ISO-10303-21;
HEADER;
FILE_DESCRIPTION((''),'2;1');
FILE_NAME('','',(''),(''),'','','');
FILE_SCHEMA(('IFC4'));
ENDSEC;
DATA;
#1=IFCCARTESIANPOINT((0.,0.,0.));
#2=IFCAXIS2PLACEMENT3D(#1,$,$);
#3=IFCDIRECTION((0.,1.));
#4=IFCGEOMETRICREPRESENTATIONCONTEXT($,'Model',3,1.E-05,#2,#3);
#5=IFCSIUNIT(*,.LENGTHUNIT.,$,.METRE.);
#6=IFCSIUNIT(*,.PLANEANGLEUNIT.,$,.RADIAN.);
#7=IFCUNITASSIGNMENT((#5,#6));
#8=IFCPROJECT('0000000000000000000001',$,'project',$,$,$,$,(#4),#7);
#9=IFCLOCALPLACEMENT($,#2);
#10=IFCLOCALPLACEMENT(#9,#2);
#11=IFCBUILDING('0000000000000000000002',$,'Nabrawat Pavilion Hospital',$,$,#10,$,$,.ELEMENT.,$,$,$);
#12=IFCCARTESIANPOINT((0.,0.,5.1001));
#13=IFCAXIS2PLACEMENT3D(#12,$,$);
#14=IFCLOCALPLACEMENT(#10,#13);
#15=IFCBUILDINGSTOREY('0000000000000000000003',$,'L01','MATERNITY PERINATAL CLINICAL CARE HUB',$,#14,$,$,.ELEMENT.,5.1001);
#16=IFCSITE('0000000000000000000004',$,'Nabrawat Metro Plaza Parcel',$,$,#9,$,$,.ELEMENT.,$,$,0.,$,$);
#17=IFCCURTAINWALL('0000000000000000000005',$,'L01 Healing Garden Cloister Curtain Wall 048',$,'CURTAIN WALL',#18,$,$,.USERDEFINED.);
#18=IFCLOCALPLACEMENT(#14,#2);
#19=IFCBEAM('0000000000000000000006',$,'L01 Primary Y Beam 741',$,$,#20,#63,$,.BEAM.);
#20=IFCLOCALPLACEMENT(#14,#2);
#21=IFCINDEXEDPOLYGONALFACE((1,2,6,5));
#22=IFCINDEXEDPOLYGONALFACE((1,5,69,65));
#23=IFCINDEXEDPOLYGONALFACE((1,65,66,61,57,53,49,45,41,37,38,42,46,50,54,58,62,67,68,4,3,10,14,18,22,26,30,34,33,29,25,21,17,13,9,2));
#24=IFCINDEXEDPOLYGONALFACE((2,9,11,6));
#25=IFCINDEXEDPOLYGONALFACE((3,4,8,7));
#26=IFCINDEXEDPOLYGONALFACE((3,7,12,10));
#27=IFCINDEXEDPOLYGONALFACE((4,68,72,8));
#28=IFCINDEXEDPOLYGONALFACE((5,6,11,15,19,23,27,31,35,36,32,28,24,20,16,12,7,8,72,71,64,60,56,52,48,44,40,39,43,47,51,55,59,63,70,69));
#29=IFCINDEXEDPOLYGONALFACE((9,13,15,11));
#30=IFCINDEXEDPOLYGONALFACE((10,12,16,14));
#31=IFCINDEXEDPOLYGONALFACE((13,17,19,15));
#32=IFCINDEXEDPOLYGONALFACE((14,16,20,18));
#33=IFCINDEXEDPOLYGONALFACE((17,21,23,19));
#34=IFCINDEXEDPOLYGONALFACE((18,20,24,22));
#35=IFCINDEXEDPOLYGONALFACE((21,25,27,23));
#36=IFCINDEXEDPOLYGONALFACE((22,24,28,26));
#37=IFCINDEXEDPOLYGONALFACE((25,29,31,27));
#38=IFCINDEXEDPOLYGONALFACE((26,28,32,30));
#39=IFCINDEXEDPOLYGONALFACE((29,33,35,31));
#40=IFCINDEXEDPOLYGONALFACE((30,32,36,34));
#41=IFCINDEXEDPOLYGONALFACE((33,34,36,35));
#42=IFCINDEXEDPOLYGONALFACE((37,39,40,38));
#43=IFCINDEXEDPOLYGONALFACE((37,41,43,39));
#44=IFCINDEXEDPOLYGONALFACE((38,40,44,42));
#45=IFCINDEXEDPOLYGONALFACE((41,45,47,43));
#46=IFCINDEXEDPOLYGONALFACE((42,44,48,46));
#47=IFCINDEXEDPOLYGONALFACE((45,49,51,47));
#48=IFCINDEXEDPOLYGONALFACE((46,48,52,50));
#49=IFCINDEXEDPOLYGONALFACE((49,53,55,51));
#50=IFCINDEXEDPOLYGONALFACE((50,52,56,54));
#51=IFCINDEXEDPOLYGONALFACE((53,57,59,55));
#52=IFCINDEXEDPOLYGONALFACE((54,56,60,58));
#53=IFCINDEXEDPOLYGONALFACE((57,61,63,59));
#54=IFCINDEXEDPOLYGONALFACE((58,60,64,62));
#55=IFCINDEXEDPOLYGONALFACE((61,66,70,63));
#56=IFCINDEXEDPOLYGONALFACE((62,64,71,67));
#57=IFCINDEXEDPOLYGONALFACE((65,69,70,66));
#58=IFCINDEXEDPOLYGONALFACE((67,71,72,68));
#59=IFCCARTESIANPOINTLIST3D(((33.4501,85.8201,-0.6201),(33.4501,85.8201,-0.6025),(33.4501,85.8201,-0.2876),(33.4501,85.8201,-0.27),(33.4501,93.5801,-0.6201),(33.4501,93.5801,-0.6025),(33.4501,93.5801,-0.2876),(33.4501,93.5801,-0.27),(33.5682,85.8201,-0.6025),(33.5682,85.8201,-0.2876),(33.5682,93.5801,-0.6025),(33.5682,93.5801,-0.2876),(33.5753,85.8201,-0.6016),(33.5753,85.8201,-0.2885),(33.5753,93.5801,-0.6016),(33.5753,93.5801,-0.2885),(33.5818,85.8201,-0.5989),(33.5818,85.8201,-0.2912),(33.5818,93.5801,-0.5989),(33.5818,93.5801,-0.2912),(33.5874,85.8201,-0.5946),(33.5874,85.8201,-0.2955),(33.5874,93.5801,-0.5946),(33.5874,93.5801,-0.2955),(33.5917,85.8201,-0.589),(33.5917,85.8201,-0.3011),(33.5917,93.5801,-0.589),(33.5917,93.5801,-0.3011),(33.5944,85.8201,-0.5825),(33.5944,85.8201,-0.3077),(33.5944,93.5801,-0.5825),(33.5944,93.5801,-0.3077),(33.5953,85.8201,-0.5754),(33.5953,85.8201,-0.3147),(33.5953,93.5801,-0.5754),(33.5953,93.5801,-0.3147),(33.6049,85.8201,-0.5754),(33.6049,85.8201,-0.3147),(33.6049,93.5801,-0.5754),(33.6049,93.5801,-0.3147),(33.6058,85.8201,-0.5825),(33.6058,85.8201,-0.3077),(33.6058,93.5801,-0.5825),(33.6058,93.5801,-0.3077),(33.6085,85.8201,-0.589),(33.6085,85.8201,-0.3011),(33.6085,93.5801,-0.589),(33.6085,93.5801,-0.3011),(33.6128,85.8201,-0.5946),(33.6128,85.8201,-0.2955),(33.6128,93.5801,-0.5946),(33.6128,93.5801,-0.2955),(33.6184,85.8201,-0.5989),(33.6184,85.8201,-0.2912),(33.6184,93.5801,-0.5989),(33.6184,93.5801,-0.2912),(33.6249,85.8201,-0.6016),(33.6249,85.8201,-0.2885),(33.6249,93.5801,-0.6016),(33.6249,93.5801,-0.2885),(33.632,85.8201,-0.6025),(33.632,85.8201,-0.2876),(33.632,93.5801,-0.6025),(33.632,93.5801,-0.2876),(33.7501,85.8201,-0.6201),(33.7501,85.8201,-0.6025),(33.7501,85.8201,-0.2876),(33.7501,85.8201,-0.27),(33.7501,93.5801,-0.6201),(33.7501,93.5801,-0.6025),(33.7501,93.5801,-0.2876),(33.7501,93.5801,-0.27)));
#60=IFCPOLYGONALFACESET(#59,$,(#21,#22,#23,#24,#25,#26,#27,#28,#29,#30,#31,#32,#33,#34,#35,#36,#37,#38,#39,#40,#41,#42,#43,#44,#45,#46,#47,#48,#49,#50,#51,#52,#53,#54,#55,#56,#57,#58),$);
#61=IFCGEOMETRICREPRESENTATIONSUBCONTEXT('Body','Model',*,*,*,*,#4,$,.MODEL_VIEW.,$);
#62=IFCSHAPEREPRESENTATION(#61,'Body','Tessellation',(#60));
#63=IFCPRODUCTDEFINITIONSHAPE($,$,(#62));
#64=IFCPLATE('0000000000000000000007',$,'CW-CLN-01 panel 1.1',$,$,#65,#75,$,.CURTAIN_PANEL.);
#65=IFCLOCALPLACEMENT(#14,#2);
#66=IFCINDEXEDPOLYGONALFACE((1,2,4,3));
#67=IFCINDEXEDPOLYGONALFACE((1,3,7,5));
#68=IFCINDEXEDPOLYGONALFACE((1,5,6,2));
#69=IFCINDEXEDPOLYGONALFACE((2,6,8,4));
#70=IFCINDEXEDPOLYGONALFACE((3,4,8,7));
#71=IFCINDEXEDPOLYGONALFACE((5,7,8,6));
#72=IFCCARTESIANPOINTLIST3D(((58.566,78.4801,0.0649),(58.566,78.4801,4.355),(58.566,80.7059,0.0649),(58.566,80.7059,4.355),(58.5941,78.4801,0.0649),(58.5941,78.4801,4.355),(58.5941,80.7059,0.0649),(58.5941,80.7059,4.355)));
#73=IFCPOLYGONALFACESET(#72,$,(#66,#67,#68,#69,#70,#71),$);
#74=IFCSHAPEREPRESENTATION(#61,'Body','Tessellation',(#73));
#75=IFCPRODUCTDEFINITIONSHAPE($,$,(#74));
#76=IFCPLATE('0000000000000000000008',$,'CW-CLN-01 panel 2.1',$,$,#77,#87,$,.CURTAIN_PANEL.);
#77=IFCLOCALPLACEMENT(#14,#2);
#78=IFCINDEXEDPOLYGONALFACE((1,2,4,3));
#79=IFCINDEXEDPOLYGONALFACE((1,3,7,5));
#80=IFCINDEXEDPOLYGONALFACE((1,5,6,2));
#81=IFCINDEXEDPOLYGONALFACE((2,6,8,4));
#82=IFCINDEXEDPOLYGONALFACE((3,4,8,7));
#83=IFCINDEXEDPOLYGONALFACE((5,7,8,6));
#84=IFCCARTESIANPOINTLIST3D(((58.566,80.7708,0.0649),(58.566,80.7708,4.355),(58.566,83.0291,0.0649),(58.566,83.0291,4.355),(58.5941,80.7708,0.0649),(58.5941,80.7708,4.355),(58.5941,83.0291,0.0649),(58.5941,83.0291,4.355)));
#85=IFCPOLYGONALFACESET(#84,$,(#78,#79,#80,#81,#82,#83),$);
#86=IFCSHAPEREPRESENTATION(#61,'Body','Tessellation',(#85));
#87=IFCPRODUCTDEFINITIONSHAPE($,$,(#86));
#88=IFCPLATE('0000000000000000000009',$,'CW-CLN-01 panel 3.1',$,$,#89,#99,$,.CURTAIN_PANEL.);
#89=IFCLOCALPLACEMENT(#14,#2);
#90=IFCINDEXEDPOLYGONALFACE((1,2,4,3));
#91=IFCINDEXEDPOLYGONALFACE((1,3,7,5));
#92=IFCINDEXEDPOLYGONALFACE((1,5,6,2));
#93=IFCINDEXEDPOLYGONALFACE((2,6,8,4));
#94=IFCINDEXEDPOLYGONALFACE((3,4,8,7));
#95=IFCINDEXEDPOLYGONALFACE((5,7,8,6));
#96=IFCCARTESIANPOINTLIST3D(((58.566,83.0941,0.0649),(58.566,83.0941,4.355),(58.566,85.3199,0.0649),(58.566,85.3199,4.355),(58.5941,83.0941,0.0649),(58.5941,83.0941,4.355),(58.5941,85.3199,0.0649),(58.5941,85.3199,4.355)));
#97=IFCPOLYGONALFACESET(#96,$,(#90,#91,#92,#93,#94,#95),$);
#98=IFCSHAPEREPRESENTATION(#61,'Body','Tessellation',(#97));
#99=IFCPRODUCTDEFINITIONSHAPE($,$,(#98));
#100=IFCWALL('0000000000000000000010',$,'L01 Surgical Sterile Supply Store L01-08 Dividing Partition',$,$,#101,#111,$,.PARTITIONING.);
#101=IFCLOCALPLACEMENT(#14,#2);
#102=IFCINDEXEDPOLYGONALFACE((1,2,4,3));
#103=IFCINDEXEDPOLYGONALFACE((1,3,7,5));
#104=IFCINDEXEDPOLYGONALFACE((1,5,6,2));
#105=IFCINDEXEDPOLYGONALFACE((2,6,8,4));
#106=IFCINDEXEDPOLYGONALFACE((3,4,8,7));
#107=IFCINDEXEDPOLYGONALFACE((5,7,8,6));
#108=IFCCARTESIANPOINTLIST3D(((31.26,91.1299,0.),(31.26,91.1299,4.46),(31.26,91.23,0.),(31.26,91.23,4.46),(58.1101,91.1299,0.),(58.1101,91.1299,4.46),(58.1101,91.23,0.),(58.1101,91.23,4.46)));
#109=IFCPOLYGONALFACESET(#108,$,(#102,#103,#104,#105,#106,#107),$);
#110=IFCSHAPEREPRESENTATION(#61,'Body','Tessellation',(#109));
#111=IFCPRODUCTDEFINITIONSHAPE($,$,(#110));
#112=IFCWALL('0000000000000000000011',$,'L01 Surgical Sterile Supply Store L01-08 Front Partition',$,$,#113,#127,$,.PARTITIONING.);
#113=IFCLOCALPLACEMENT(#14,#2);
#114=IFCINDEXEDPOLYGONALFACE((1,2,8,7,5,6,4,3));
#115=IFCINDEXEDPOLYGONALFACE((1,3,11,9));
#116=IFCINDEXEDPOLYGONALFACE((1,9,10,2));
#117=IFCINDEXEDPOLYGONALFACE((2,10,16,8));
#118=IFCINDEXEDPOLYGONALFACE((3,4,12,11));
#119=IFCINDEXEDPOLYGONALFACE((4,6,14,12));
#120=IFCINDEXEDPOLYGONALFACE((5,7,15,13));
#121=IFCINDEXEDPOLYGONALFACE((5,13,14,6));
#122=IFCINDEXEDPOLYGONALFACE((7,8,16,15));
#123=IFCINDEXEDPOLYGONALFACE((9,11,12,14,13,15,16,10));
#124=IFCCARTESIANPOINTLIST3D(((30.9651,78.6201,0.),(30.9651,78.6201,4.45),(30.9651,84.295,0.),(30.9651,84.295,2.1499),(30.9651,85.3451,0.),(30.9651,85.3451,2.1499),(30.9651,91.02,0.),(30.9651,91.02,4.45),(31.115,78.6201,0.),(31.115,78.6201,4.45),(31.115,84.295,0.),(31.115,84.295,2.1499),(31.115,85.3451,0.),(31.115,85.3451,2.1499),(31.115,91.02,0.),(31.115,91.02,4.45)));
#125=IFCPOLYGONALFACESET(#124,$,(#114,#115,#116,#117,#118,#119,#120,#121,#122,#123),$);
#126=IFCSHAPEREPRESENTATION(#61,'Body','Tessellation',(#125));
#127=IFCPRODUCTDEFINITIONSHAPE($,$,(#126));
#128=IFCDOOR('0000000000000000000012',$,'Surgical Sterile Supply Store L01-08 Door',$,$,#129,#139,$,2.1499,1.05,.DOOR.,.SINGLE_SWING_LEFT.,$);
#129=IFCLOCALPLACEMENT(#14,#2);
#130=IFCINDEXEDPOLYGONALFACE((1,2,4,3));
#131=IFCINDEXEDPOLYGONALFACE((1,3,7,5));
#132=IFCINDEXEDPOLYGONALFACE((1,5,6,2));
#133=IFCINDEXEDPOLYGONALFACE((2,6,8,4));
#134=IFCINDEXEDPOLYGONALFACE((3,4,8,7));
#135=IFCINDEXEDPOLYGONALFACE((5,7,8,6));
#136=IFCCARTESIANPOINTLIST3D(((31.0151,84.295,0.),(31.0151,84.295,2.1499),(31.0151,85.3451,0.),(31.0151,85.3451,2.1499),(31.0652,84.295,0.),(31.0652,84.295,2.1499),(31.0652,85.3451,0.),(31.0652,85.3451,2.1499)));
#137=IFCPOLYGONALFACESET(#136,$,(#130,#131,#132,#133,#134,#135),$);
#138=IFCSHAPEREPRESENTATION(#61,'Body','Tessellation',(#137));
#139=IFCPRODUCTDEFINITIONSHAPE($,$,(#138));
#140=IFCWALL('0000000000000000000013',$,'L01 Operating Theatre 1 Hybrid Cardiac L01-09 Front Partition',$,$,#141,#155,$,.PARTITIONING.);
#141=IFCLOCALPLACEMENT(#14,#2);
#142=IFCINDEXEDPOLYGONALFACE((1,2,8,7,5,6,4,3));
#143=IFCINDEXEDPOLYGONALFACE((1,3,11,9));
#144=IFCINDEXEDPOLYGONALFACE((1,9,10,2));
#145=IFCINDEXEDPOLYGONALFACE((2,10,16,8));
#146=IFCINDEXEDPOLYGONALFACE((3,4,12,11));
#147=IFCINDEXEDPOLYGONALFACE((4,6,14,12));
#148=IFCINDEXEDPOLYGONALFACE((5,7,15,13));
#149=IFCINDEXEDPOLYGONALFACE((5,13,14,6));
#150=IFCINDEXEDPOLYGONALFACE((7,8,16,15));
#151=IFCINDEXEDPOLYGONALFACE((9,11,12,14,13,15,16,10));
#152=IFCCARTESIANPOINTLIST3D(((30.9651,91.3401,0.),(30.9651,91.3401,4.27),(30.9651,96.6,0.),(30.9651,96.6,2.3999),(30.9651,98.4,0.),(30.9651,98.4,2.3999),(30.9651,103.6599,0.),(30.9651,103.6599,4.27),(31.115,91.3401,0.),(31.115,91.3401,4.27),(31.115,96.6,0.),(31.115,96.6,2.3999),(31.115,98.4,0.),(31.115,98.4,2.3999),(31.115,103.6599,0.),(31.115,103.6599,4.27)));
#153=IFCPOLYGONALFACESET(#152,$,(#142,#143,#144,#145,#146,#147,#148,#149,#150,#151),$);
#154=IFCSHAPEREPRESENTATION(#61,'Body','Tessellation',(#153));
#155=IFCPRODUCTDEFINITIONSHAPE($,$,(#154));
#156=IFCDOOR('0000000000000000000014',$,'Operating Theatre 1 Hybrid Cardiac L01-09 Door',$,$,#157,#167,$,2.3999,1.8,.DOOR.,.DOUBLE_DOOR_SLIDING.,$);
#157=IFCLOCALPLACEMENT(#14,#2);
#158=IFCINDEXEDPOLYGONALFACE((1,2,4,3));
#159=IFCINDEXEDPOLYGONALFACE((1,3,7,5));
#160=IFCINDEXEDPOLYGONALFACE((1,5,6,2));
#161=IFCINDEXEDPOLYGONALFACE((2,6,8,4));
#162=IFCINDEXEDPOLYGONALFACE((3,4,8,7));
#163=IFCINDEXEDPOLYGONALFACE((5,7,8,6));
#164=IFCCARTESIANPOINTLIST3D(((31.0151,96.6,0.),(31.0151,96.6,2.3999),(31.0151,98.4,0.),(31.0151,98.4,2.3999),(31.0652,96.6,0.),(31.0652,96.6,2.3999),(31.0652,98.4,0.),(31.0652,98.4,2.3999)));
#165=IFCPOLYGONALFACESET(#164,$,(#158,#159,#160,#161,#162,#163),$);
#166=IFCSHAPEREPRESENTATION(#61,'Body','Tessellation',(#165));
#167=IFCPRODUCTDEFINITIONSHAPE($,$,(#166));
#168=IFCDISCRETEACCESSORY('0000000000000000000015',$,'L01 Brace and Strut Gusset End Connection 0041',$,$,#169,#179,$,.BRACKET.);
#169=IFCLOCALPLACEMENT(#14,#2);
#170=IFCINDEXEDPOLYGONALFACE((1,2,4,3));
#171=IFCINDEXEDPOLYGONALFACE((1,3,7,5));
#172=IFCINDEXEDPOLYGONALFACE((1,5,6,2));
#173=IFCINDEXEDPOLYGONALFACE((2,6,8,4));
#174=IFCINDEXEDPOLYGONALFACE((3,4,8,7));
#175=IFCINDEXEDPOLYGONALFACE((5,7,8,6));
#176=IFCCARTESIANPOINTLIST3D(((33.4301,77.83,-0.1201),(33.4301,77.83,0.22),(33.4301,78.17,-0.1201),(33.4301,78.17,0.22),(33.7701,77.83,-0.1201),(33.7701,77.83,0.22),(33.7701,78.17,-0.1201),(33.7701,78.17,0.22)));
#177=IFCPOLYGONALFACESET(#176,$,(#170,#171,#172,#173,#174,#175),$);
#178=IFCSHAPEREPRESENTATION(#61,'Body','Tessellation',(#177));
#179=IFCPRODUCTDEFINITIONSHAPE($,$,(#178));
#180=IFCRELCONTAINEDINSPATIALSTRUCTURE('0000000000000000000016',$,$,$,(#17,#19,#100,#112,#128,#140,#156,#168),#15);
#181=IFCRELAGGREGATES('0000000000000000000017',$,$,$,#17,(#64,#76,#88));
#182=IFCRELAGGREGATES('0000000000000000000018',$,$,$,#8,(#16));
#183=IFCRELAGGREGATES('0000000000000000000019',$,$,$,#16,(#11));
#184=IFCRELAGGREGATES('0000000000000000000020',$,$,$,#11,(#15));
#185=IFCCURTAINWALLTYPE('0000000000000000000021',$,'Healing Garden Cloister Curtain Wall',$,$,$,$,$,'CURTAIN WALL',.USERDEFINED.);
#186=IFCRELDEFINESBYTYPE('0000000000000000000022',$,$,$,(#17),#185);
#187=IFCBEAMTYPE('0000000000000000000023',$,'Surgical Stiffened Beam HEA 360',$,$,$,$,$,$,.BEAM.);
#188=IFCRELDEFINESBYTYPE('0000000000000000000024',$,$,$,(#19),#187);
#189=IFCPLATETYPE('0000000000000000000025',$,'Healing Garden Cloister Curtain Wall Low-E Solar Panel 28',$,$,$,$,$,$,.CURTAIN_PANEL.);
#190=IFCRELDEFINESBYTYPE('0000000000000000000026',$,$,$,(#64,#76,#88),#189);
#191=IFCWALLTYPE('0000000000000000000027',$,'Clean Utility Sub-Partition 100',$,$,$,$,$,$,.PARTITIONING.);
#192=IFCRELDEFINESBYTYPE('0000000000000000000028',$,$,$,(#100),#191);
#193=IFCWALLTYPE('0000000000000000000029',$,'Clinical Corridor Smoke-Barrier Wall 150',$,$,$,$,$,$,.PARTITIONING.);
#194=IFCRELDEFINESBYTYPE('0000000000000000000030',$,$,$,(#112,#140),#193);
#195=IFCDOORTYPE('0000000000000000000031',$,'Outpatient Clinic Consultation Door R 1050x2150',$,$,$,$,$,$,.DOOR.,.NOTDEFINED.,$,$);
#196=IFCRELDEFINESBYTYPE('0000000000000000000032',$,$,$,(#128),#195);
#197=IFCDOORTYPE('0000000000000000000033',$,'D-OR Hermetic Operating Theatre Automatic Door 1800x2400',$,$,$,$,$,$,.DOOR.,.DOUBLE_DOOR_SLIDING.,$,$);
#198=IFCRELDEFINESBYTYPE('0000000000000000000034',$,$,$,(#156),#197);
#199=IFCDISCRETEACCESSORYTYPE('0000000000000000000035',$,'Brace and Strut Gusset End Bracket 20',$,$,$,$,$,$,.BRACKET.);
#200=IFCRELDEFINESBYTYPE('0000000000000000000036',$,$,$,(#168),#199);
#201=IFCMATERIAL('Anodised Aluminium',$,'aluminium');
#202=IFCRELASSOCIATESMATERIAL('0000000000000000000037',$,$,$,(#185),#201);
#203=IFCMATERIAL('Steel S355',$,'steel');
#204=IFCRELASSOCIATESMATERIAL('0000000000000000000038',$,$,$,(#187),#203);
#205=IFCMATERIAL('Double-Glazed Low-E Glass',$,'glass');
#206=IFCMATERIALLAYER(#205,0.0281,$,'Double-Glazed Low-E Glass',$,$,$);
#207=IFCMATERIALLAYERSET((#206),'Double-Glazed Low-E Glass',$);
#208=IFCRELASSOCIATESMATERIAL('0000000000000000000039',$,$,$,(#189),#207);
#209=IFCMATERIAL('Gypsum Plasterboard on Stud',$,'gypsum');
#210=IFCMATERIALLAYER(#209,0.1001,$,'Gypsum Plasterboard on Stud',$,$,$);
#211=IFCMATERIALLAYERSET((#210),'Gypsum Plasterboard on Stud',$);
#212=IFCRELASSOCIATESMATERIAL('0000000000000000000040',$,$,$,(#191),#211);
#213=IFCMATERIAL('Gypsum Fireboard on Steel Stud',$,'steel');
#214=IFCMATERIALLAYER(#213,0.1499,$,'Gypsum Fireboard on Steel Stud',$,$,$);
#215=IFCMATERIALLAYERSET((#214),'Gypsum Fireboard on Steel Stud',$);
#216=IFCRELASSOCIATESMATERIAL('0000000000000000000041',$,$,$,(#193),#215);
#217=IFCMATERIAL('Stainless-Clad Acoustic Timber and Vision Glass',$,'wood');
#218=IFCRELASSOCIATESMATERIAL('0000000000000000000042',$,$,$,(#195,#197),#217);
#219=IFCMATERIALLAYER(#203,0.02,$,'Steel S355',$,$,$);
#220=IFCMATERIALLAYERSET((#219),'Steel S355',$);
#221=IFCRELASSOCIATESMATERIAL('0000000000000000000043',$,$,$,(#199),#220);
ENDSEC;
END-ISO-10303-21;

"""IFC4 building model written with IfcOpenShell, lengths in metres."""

from ifc_helpers import new_model, si_unit, direction, frame, frame_2d, origin, origin_2d, place, context, subcontext, project, spatial, rectangle, i_section, extrude, material, layer, layer_set, material_profile, profile_set, type_object, element, fill, aggregate, save


model = new_model("IFC4")

# Units and contexts
model_context = context("Model", 3, precision=1e-05, world=origin(), true_north=direction((0.0, 1.0)))
body_context = subcontext(model_context, "Body", "Model", "MODEL_VIEW")
ifc_project = project(units=[si_unit("LENGTHUNIT", "METRE"), si_unit("PLANEANGLEUNIT", "RADIAN")], contexts=[model_context])

# Site, building, storey
site_placement = place(None, origin())
site = spatial("IfcSite", under=ifc_project, at=site_placement, Name="Nabrawat Metro Plaza Parcel", CompositionType="ELEMENT", RefElevation=0.0)
building_placement = place(site_placement, origin())
building = spatial("IfcBuilding", under=site, at=building_placement, Name="Nabrawat Pavilion Hospital", CompositionType="ELEMENT")
storey_placement = place(building_placement, frame((0.0, 0.0, 5.1001)))
storey = spatial("IfcBuildingStorey", under=building, at=storey_placement, Name="L01", Description="MATERNITY PERINATAL CLINICAL CARE HUB", CompositionType="ELEMENT", Elevation=5.1001)

# Shared definitions
ifc_material_1 = material(Name="Steel S355", Category="steel")

# Curtain wall
ifc_material_2 = material(Name="Anodised Aluminium", Category="aluminium")
curtain_wall_type = type_object("IfcCurtainWallType", Name="Healing Garden Cloister Curtain Wall", ElementType="CURTAIN WALL", PredefinedType="USERDEFINED", material=ifc_material_2)
curtain_wall_placement = place(storey_placement, origin())
curtain_wall = element("IfcCurtainWall", 1, at=curtain_wall_placement, inside=storey, type_object=curtain_wall_type, Name="L01 Healing Garden Cloister Curtain Wall 048", ObjectType="CURTAIN WALL", PredefinedType="USERDEFINED")

# Beam
ifc_material_profile_1 = material_profile(ifc_material_1, i_section(OverallWidth=0.3, OverallDepth=0.3501, WebThickness=0.0095, FlangeThickness=0.0176, FilletRadius=0.0271, at=origin_2d()), Name="HEA 360")
ifc_profile_set_1 = profile_set([ifc_material_profile_1], Name="Steel S355")
beam_type_1 = type_object("IfcBeamType", Name="Surgical Stiffened Beam HEA 360", PredefinedType="BEAM", material=ifc_profile_set_1)
for number, where, z_axis, x_axis, name in (
    (2, (33.6001, 85.8201, -0.4451), (0.0, 1.0, 0.0), (-1.0, 0.0, 0.0), "L01 Primary Y Beam 741"),
):
    element("IfcBeam", number, at=place(storey_placement, frame(where, z_axis=z_axis, x_axis=x_axis)), inside=storey, type_object=beam_type_1, Name=name, PredefinedType="BEAM", context=body_context, shape_type="SweptSolid", body=[
        extrude(i_section(OverallWidth=0.3, OverallDepth=0.3501, WebThickness=0.0095, FlangeThickness=0.0176, FilletRadius=0.0271, at=origin_2d()), origin(), (0.0, 0.0, 1.0), 7.76),
    ])

# Plates
ifc_material_3 = material(Name="Double-Glazed Low-E Glass", Category="glass")
ifc_layer_1 = layer(ifc_material_3, 0.0281, Name="Double-Glazed Low-E Glass")
ifc_layer_set_1 = layer_set([ifc_layer_1], Name="Double-Glazed Low-E Glass")
plate_type = type_object("IfcPlateType", Name="Healing Garden Cloister Curtain Wall Low-E Solar Panel 28", PredefinedType="CURTAIN_PANEL", material=ifc_layer_set_1)
plate_1_placement = place(storey_placement, frame((58.5801, 79.593, 0.0649), z_axis=(0.0, 0.0, 1.0), x_axis=(0.0, 1.0, 0.0)))
plate_1 = element("IfcPlate", 3, at=plate_1_placement, type_object=plate_type, Name="CW-CLN-01 panel 1.1", PredefinedType="CURTAIN_PANEL", context=body_context, shape_type="SweptSolid", body=[
    extrude(rectangle(XDim=2.2258, YDim=0.0281, at=origin_2d()), origin(), (0.0, 0.0, 1.0), 4.29),
])
plate_2_placement = place(storey_placement, frame((58.5801, 81.8999, 0.0649), z_axis=(0.0, 0.0, 1.0), x_axis=(0.0, 1.0, 0.0)))
plate_2 = element("IfcPlate", 4, at=plate_2_placement, type_object=plate_type, Name="CW-CLN-01 panel 2.1", PredefinedType="CURTAIN_PANEL", context=body_context, shape_type="SweptSolid", body=[
    extrude(rectangle(XDim=2.2583, YDim=0.0281, at=origin_2d()), origin(), (0.0, 0.0, 1.0), 4.29),
])
plate_3_placement = place(storey_placement, frame((58.5801, 84.207, 0.0649), z_axis=(0.0, 0.0, 1.0), x_axis=(0.0, 1.0, 0.0)))
plate_3 = element("IfcPlate", 5, at=plate_3_placement, type_object=plate_type, Name="CW-CLN-01 panel 3.1", PredefinedType="CURTAIN_PANEL", context=body_context, shape_type="SweptSolid", body=[
    extrude(rectangle(XDim=2.2258, YDim=0.0281, at=origin_2d()), origin(), (0.0, 0.0, 1.0), 4.29),
])
aggregate(curtain_wall, [plate_1, plate_2, plate_3])

# Wall
ifc_material_4 = material(Name="Gypsum Plasterboard on Stud", Category="gypsum")
ifc_layer_2 = layer(ifc_material_4, 0.1001, Name="Gypsum Plasterboard on Stud")
ifc_layer_set_2 = layer_set([ifc_layer_2], Name="Gypsum Plasterboard on Stud")
wall_type_1 = type_object("IfcWallType", Name="Clean Utility Sub-Partition 100", PredefinedType="PARTITIONING", material=ifc_layer_set_2)
wall_1_placement = place(storey_placement, frame((31.26, 91.1799, 0.0), z_axis=(0.0, 0.0, 1.0), x_axis=(1.0, 0.0, 0.0)))
element("IfcWall", 6, at=wall_1_placement, inside=storey, type_object=wall_type_1, Name="L01 Surgical Sterile Supply Store L01-08 Dividing Partition", PredefinedType="PARTITIONING", context=body_context, shape_type="SweptSolid", body=[
    extrude(rectangle(XDim=26.8501, YDim=0.1001, at=frame_2d((13.425, 0.0))), origin(), (0.0, 0.0, 1.0), 4.46),
])

# Walls, openings, doors
ifc_material_5 = material(Name="Gypsum Fireboard on Steel Stud", Category="steel")
ifc_layer_3 = layer(ifc_material_5, 0.1499, Name="Gypsum Fireboard on Steel Stud")
ifc_layer_set_3 = layer_set([ifc_layer_3], Name="Gypsum Fireboard on Steel Stud")
wall_type_2 = type_object("IfcWallType", Name="Clinical Corridor Smoke-Barrier Wall 150", PredefinedType="PARTITIONING", material=ifc_layer_set_3)
wall_2_placement = place(storey_placement, frame((31.04, 78.6201, 0.0), z_axis=(0.0, 0.0, 1.0), x_axis=(0.0, 1.0, 0.0)))
wall_2 = element("IfcWall", 7, at=wall_2_placement, inside=storey, type_object=wall_type_2, Name="L01 Surgical Sterile Supply Store L01-08 Front Partition", PredefinedType="PARTITIONING", context=body_context, shape_type="SweptSolid", body=[
    extrude(rectangle(XDim=12.3999, YDim=0.1499, at=frame_2d((6.2, 0.0))), origin(), (0.0, 0.0, 1.0), 4.45),
])
opening_1_placement = place(wall_2_placement, frame((5.675, 0.0, 0.0)))
opening_1 = element("IfcOpeningElement", 8, at=opening_1_placement, cuts=wall_2, PredefinedType="OPENING", context=body_context, shape_type="SweptSolid", body=[
    extrude(rectangle(XDim=1.05, YDim=2.1499, at=frame_2d((0.5249, 1.075))), frame((0.0, 0.085, 0.0), z_axis=(0.0, -1.0, 0.0), x_axis=(1.0, 0.0, 0.0)), (0.0, 0.0, 1.0), 0.1699),
])
ifc_material_6 = material(Name="Stainless-Clad Acoustic Timber and Vision Glass", Category="wood")
door_type_1 = type_object("IfcDoorType", Name="Outpatient Clinic Consultation Door R 1050x2150", OperationType="NOTDEFINED", PredefinedType="DOOR", material=ifc_material_6)
door_1_placement = place(opening_1_placement, origin())
door_1 = element("IfcDoor", 9, at=door_1_placement, inside=storey, type_object=door_type_1, Name="Surgical Sterile Supply Store L01-08 Door", OperationType="SINGLE_SWING_LEFT", OverallHeight=2.1499, OverallWidth=1.05, PredefinedType="DOOR", context=body_context, shape_type="SweptSolid", body=[
    extrude(rectangle(XDim=1.05, YDim=2.1499, at=frame_2d((0.5249, 1.075))), frame((0.0, 0.0249, 0.0), z_axis=(0.0, -1.0, 0.0), x_axis=(1.0, 0.0, 0.0)), (0.0, 0.0, 1.0), 0.05),
])
fill(opening_1, door_1)
wall_3_placement = place(storey_placement, frame((31.04, 91.3401, 0.0), z_axis=(0.0, 0.0, 1.0), x_axis=(0.0, 1.0, 0.0)))
wall_3 = element("IfcWall", 10, at=wall_3_placement, inside=storey, type_object=wall_type_2, Name="L01 Operating Theatre 1 Hybrid Cardiac L01-09 Front Partition", PredefinedType="PARTITIONING", context=body_context, shape_type="SweptSolid", body=[
    extrude(rectangle(XDim=12.3198, YDim=0.1499, at=frame_2d((6.1599, 0.0))), origin(), (0.0, 0.0, 1.0), 4.27),
])
opening_2_placement = place(wall_3_placement, frame((5.26, 0.0, 0.0)))
opening_2 = element("IfcOpeningElement", 11, at=opening_2_placement, cuts=wall_3, PredefinedType="OPENING", context=body_context, shape_type="SweptSolid", body=[
    extrude(rectangle(XDim=1.8, YDim=2.3999, at=frame_2d((0.8999, 1.2))), frame((0.0, 0.085, 0.0), z_axis=(0.0, -1.0, 0.0), x_axis=(1.0, 0.0, 0.0)), (0.0, 0.0, 1.0), 0.1699),
])
door_type_2 = type_object("IfcDoorType", Name="D-OR Hermetic Operating Theatre Automatic Door 1800x2400", OperationType="DOUBLE_DOOR_SLIDING", PredefinedType="DOOR", material=ifc_material_6)
door_2_placement = place(opening_2_placement, origin())
door_2 = element("IfcDoor", 12, at=door_2_placement, inside=storey, type_object=door_type_2, Name="Operating Theatre 1 Hybrid Cardiac L01-09 Door", OperationType="DOUBLE_DOOR_SLIDING", OverallHeight=2.3999, OverallWidth=1.8, PredefinedType="DOOR", context=body_context, shape_type="SweptSolid", body=[
    extrude(rectangle(XDim=1.8, YDim=2.3999, at=frame_2d((0.8999, 1.2))), frame((0.0, 0.0249, 0.0), z_axis=(0.0, -1.0, 0.0), x_axis=(1.0, 0.0, 0.0)), (0.0, 0.0, 1.0), 0.05),
])
fill(opening_2, door_2)

# Discrete accessory
ifc_layer_4 = layer(ifc_material_1, 0.02, Name="Steel S355")
ifc_layer_set_4 = layer_set([ifc_layer_4], Name="Steel S355")
discrete_accessory_type = type_object("IfcDiscreteAccessoryType", Name="Brace and Strut Gusset End Bracket 20", PredefinedType="BRACKET", material=ifc_layer_set_4)
discrete_accessory_placement = place(storey_placement, frame((33.6001, 78.0, -0.1201), z_axis=(0.0, 0.0, 1.0), x_axis=(1.0, 0.0, 0.0)))
element("IfcDiscreteAccessory", 13, at=discrete_accessory_placement, inside=storey, type_object=discrete_accessory_type, Name="L01 Brace and Strut Gusset End Connection 0041", PredefinedType="BRACKET", context=body_context, shape_type="SweptSolid", body=[
    extrude(rectangle(XDim=0.3401, YDim=0.3401, at=origin_2d()), origin(), (0.0, 0.0, 1.0), 0.3401),
])

save(model, "model.ifc")
